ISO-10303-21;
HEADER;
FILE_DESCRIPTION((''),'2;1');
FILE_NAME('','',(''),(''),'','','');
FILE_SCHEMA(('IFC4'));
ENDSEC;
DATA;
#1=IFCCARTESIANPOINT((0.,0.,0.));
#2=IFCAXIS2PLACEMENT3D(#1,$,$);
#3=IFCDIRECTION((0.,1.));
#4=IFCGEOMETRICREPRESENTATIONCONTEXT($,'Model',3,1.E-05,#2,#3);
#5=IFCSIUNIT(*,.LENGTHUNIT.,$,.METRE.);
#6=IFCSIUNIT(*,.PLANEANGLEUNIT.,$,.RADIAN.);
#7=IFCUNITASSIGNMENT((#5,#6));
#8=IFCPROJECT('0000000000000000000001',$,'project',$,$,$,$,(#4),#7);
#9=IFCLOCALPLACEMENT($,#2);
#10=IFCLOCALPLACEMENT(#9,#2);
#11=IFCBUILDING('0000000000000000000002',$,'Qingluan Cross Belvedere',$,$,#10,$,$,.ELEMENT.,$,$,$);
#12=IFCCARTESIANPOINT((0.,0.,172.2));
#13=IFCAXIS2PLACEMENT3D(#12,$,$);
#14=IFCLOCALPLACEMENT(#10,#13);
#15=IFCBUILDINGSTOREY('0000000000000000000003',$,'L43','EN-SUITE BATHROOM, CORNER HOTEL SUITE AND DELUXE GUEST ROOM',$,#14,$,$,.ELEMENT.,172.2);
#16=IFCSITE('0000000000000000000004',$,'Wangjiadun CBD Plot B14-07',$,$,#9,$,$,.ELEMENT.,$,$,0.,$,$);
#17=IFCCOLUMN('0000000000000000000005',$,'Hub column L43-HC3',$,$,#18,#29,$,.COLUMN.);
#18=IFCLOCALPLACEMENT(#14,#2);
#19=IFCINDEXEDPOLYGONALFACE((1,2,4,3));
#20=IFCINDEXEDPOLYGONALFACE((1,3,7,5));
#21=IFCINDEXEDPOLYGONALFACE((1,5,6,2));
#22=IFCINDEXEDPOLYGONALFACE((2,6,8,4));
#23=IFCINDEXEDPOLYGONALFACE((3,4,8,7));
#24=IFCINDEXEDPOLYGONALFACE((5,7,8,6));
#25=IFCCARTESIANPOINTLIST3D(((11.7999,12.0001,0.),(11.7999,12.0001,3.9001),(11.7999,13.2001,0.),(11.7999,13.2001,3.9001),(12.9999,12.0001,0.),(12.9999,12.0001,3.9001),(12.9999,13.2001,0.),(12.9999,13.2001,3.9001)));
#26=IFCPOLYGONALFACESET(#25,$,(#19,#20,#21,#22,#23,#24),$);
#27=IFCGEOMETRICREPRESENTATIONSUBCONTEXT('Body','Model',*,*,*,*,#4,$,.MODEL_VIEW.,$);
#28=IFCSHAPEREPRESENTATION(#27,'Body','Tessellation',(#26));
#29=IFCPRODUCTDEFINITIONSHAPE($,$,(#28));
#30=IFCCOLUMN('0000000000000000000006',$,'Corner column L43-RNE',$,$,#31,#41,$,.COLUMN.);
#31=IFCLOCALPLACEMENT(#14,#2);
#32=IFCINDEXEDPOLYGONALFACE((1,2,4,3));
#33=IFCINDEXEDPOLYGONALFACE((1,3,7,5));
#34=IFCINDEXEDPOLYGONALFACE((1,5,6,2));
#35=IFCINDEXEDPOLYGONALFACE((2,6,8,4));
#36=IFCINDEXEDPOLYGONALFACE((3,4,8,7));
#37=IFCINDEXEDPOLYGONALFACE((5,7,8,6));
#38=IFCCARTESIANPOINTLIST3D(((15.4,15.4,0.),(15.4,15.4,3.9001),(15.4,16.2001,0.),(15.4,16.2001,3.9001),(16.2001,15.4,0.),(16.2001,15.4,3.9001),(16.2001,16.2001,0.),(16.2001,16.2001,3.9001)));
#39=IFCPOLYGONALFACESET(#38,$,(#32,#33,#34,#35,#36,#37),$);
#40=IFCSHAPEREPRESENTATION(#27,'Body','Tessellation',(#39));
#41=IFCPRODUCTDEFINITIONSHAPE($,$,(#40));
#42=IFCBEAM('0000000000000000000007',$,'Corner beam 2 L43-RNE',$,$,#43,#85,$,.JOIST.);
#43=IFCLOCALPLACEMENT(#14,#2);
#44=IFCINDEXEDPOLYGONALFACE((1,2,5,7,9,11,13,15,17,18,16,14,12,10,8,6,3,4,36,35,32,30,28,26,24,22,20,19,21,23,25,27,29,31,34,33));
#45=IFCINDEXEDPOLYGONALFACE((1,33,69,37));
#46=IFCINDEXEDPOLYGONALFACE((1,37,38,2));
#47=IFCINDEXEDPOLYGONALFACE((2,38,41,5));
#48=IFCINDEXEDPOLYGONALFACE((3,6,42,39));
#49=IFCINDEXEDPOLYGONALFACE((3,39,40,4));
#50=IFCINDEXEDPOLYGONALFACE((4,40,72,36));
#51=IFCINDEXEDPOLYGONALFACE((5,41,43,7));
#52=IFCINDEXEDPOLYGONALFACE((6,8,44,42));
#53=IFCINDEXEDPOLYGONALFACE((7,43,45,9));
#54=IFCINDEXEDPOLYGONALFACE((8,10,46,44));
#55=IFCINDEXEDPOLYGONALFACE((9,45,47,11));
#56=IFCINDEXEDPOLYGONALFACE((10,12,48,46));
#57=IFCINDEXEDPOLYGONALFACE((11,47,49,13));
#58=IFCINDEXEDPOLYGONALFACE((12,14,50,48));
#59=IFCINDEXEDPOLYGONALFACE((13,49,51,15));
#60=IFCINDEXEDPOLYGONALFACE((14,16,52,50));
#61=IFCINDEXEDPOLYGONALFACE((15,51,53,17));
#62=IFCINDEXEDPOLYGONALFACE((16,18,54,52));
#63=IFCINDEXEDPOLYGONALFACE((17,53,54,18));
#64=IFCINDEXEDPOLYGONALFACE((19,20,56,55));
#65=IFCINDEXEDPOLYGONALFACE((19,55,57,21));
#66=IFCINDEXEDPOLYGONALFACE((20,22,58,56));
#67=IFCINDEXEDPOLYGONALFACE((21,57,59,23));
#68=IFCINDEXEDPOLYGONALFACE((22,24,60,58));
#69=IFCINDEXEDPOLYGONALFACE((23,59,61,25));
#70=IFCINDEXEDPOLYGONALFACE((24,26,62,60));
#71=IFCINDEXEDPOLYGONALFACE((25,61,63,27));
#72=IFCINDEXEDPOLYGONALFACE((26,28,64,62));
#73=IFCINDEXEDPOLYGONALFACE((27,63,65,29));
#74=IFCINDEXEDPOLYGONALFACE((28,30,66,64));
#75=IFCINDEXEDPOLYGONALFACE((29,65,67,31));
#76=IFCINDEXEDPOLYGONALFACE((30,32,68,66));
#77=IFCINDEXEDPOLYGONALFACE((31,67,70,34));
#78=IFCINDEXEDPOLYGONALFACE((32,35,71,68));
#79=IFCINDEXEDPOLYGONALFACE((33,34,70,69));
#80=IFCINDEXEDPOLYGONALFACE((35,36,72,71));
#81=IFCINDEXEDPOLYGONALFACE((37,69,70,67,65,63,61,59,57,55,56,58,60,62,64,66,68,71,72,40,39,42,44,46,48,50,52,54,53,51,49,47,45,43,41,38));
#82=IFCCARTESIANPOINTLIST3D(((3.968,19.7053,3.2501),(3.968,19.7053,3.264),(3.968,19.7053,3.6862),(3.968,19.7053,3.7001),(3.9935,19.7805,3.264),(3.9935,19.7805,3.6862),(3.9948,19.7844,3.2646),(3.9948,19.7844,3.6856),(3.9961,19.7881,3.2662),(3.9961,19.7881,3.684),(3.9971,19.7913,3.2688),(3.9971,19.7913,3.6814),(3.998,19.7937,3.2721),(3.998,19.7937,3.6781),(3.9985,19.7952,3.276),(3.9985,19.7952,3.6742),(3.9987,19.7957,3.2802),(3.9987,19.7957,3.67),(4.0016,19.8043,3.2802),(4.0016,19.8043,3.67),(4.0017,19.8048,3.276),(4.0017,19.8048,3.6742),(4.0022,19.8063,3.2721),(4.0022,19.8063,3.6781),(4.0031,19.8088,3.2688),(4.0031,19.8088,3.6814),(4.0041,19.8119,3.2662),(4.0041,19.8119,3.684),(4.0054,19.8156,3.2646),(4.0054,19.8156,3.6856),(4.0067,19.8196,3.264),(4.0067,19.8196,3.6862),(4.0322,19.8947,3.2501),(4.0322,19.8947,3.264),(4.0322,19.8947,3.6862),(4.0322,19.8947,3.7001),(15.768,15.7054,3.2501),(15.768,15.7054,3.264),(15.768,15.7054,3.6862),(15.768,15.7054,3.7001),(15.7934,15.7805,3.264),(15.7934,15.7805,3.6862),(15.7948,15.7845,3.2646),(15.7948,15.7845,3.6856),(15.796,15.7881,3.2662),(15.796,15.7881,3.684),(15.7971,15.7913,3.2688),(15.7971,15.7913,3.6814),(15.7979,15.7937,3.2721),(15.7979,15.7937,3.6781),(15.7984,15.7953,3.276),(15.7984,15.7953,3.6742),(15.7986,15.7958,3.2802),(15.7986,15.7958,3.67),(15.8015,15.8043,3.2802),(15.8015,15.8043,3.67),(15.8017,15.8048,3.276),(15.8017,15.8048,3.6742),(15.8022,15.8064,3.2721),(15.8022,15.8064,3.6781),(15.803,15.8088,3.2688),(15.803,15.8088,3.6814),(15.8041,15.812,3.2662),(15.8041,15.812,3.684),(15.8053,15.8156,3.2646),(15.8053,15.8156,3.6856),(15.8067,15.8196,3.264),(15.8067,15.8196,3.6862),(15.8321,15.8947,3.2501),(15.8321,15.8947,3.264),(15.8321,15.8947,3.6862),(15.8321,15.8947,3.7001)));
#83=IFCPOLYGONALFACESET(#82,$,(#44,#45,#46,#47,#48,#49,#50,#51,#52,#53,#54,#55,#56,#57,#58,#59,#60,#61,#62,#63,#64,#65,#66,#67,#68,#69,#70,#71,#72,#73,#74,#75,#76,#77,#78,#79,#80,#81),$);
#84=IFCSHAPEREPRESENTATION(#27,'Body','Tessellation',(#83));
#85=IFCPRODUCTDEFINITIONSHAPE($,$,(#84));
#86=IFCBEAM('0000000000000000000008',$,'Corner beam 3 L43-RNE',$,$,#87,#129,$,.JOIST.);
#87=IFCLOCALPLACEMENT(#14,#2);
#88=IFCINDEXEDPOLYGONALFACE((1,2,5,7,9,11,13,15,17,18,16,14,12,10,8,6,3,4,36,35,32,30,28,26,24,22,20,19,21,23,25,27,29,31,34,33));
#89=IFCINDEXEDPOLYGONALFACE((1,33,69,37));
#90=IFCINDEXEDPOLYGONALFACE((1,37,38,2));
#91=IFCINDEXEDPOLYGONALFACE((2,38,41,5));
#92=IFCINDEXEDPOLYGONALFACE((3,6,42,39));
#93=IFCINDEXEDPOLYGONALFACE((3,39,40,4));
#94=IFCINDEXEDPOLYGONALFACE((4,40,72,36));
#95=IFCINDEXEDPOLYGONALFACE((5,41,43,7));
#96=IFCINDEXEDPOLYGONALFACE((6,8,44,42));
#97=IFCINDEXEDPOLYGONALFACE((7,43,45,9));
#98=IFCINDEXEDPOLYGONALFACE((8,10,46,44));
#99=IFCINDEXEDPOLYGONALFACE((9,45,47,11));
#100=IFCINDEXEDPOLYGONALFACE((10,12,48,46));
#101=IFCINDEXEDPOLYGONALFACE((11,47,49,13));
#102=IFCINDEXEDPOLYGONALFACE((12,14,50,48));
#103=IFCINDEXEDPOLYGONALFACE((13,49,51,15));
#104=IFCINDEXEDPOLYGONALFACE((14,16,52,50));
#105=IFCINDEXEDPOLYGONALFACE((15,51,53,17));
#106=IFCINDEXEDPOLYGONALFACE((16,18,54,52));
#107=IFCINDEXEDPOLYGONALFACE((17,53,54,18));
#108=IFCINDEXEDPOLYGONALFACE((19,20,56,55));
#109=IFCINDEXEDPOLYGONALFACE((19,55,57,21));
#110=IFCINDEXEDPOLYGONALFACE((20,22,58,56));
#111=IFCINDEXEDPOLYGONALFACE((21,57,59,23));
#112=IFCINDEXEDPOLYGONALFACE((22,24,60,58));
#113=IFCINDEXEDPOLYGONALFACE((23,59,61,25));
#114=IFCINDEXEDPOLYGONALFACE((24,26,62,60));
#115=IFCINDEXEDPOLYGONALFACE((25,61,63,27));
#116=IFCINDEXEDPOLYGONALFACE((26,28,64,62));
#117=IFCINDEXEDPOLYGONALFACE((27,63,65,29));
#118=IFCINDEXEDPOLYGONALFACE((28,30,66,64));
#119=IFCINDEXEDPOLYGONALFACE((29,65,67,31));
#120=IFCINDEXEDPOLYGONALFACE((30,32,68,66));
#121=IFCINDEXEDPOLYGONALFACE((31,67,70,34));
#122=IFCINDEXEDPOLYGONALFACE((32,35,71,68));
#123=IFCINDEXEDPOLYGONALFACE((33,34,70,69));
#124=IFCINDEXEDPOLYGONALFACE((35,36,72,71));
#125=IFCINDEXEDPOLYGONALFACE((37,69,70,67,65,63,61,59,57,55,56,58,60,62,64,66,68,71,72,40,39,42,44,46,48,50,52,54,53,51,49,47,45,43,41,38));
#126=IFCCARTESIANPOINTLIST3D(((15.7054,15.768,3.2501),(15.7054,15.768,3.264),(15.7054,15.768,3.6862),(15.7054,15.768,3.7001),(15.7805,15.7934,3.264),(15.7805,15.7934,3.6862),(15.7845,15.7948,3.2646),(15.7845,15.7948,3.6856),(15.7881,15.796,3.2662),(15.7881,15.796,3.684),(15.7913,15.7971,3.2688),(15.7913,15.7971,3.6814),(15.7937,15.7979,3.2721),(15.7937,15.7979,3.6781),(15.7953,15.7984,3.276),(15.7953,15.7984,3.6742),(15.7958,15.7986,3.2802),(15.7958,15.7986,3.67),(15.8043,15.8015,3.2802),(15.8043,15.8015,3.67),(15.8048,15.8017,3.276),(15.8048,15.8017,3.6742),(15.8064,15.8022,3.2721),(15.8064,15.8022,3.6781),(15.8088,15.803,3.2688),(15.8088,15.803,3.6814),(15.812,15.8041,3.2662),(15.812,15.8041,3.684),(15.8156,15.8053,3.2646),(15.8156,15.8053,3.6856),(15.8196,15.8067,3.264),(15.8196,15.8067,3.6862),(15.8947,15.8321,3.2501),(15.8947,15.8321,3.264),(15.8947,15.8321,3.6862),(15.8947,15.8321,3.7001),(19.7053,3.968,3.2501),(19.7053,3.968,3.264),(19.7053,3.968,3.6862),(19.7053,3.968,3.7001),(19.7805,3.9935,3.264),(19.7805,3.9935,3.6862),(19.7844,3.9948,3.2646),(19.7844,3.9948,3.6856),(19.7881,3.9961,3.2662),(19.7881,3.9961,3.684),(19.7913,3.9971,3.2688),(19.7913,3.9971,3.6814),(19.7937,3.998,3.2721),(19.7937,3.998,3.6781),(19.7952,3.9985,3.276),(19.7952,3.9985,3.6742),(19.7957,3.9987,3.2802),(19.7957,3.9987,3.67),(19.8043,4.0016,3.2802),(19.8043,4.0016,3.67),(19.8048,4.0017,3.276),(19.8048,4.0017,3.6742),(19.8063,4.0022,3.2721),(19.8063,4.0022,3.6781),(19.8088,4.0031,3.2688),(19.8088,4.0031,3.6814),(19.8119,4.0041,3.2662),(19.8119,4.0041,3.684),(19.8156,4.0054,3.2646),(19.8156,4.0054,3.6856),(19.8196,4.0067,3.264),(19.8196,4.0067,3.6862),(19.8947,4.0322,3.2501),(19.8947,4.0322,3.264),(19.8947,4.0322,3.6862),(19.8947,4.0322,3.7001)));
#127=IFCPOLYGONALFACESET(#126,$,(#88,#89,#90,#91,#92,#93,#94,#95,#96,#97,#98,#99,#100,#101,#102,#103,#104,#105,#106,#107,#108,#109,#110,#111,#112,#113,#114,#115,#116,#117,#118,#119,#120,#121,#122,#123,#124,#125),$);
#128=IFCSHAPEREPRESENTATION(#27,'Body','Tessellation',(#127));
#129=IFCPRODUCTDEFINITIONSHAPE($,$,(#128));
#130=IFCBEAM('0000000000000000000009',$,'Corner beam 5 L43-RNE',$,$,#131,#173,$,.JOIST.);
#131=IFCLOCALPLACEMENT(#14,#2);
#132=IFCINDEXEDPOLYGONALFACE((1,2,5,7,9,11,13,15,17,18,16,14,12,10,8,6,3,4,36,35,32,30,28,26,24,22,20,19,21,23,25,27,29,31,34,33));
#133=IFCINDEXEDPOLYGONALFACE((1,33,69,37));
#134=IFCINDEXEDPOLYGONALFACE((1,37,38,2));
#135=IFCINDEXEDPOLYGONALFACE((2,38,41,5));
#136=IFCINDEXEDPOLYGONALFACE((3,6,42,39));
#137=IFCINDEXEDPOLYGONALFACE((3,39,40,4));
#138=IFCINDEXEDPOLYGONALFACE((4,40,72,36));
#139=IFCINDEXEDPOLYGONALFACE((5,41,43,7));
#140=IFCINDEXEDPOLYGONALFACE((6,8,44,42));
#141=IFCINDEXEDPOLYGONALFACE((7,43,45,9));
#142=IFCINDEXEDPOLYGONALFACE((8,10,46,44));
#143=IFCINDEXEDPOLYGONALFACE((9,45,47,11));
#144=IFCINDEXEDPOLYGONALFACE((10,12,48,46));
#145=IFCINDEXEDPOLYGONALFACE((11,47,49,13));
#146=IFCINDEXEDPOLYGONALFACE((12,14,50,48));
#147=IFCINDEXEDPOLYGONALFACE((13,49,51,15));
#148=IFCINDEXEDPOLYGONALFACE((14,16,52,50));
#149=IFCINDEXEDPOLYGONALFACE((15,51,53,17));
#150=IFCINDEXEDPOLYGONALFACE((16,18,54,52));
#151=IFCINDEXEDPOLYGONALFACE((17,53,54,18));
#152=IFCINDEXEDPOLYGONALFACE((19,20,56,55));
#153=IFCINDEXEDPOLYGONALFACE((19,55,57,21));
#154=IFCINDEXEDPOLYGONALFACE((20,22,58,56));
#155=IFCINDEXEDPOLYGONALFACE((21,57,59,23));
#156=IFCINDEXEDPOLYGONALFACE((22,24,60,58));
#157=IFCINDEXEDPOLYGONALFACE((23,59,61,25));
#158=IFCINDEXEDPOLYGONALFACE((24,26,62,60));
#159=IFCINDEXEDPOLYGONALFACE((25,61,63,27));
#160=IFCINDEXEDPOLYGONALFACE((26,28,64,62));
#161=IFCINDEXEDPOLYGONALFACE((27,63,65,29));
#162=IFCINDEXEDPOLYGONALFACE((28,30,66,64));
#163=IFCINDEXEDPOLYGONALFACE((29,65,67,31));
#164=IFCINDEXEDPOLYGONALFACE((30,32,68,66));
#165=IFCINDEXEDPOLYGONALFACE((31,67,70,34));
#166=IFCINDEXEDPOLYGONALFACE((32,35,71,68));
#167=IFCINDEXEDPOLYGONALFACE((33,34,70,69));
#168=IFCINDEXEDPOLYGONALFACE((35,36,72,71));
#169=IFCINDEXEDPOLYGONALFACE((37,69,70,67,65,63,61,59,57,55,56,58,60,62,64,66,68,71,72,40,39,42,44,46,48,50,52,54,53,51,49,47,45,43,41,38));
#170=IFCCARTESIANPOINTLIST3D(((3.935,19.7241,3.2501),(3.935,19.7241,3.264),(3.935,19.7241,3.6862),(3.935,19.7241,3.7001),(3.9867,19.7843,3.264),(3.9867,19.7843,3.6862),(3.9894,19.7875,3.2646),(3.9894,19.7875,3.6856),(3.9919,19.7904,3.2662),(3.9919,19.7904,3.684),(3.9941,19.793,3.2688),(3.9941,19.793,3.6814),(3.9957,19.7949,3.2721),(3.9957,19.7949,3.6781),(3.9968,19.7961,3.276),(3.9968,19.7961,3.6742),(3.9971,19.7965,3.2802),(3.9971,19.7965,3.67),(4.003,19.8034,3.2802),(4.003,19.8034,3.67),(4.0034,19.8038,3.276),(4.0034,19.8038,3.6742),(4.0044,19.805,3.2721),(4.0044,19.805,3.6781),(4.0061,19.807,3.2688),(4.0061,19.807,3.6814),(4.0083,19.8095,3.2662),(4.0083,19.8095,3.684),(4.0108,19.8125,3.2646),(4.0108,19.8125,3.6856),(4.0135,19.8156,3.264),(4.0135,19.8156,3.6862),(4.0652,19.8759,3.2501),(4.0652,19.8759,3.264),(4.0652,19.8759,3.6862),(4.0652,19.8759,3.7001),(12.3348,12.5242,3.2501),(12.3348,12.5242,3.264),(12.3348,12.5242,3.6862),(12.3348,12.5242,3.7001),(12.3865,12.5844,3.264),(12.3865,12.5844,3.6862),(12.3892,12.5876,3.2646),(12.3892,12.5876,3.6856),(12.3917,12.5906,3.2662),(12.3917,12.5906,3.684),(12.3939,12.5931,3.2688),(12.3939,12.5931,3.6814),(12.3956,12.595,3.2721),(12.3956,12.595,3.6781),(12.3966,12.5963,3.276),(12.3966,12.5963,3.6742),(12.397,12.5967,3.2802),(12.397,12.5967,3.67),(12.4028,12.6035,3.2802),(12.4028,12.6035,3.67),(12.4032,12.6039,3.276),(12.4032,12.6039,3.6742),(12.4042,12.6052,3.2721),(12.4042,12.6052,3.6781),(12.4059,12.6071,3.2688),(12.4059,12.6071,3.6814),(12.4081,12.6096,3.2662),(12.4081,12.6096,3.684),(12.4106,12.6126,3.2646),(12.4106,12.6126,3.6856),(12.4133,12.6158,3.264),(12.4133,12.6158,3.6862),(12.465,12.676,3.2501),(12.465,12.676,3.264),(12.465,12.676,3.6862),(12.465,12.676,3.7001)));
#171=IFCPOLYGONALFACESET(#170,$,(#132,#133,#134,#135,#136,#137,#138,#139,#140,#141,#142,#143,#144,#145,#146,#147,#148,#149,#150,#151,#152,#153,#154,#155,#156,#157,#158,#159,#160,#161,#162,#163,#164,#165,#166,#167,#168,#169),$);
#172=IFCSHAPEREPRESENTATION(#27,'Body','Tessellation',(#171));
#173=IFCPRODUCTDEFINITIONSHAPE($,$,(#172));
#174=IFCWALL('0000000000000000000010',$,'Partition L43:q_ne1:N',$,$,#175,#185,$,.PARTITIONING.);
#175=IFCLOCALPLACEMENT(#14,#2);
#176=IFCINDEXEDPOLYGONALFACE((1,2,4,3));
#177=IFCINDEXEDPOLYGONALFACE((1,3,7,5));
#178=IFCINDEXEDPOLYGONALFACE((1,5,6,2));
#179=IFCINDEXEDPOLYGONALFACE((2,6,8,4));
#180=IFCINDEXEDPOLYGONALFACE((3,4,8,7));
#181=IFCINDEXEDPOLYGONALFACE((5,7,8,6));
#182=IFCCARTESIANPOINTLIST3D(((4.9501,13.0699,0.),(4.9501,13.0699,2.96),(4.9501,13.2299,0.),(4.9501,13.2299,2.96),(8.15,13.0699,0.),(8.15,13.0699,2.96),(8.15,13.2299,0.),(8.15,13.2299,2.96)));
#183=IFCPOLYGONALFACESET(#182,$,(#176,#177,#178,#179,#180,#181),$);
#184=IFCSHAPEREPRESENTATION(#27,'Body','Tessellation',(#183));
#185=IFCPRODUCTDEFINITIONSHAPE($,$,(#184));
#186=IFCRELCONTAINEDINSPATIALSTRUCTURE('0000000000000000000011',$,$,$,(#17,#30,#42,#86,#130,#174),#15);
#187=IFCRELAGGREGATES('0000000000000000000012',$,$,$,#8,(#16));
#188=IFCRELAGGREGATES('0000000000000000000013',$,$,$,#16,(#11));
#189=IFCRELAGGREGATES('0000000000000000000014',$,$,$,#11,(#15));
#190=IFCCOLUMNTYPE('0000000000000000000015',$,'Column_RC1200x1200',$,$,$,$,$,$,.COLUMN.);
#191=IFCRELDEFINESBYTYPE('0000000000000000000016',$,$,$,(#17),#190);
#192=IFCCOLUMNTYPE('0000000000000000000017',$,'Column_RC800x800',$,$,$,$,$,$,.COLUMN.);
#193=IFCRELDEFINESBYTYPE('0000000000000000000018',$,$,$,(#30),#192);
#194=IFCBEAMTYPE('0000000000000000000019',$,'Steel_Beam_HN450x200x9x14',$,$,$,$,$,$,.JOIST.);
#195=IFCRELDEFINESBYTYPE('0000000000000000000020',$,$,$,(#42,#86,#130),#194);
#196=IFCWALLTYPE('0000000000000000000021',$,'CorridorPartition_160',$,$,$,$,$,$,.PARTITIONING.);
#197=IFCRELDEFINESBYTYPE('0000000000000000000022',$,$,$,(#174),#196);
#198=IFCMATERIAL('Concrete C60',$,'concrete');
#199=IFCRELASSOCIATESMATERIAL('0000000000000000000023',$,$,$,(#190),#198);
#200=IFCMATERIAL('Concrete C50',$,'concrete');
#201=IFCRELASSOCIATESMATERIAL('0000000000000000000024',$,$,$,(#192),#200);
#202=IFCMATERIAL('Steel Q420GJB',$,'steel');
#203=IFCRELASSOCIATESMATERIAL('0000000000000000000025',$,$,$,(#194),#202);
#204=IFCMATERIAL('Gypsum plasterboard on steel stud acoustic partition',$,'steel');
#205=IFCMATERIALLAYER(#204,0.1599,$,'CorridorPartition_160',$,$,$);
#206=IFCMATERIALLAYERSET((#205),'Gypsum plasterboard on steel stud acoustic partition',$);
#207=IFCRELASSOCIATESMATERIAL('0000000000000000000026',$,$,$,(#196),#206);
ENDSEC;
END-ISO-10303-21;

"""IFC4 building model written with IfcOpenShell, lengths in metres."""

from ifc_helpers import new_model, si_unit, direction, frame, frame_2d, origin, origin_2d, place, context, subcontext, project, spatial, rectangle, i_section, extrude, material, layer, layer_set, material_profile, profile_set, type_object, element, save


model = new_model("IFC4")

# Units and contexts
model_context = context("Model", 3, precision=1e-05, world=origin(), true_north=direction((0.0, 1.0)))
body_context = subcontext(model_context, "Body", "Model", "MODEL_VIEW")
ifc_project = project(units=[si_unit("LENGTHUNIT", "METRE"), si_unit("PLANEANGLEUNIT", "RADIAN")], contexts=[model_context])

# Site, building, storey
site_placement = place(None, origin())
site = spatial("IfcSite", under=ifc_project, at=site_placement, Name="Wangjiadun CBD Plot B14-07", CompositionType="ELEMENT", RefElevation=0.0)
building_placement = place(site_placement, origin())
building = spatial("IfcBuilding", under=site, at=building_placement, Name="Qingluan Cross Belvedere", CompositionType="ELEMENT")
storey_placement = place(building_placement, frame((0.0, 0.0, 172.2)))
storey = spatial("IfcBuildingStorey", under=building, at=storey_placement, Name="L43", Description="EN-SUITE BATHROOM, CORNER HOTEL SUITE AND DELUXE GUEST ROOM", CompositionType="ELEMENT", Elevation=172.2)

# Columns
ifc_material_1 = material(Name="Concrete C60", Category="concrete")
ifc_material_profile_1 = material_profile(ifc_material_1, rectangle(XDim=1.2, YDim=1.2, at=origin_2d()), Name="RC1200x1200")
ifc_profile_set_1 = profile_set([ifc_material_profile_1], Name="Concrete C60")
column_type_1 = type_object("IfcColumnType", Name="Column_RC1200x1200", PredefinedType="COLUMN", material=ifc_profile_set_1)
column_1_placement = place(storey_placement, frame((12.3999, 12.6001, 0.0), z_axis=(0.0, 0.0, 1.0), x_axis=(1.0, 0.0, 0.0)))
element("IfcColumn", 1, at=column_1_placement, inside=storey, type_object=column_type_1, Name="Hub column L43-HC3", PredefinedType="COLUMN", context=body_context, shape_type="SweptSolid", body=[
    extrude(rectangle(XDim=1.2, YDim=1.2, at=origin_2d()), origin(), (0.0, 0.0, 1.0), 3.9001),
])
ifc_material_2 = material(Name="Concrete C50", Category="concrete")
ifc_material_profile_2 = material_profile(ifc_material_2, rectangle(XDim=0.8, YDim=0.8, at=origin_2d()), Name="RC800x800")
ifc_profile_set_2 = profile_set([ifc_material_profile_2], Name="Concrete C50")
column_type_2 = type_object("IfcColumnType", Name="Column_RC800x800", PredefinedType="COLUMN", material=ifc_profile_set_2)
column_2_placement = place(storey_placement, frame((15.8, 15.8, 0.0), z_axis=(0.0, 0.0, 1.0), x_axis=(1.0, 0.0, 0.0)))
element("IfcColumn", 2, at=column_2_placement, inside=storey, type_object=column_type_2, Name="Corner column L43-RNE", PredefinedType="COLUMN", context=body_context, shape_type="SweptSolid", body=[
    extrude(rectangle(XDim=0.8, YDim=0.8, at=origin_2d()), origin(), (0.0, 0.0, 1.0), 3.9001),
])

# Beams
ifc_material_3 = material(Name="Steel Q420GJB", Category="steel")
ifc_material_profile_3 = material_profile(ifc_material_3, i_section(OverallWidth=0.2, OverallDepth=0.45, WebThickness=0.009, FlangeThickness=0.0139, FilletRadius=0.0161, at=origin_2d()), Name="HN450x200x9x14")
ifc_profile_set_3 = profile_set([ifc_material_profile_3], Name="Steel Q420GJB")
beam_type = type_object("IfcBeamType", Name="Steel_Beam_HN450x200x9x14", PredefinedType="JOIST", material=ifc_profile_set_3)
for number, where, z_axis, x_axis, name in (
    (3, (15.8, 15.8, 3.4751), (-0.947066, 0.321038, 0.0), (-0.321038, -0.947066, 0.0), "Corner beam 2 L43-RNE"),
    (4, (15.8, 15.8, 3.4751), (0.321038, -0.947066, 0.0), (0.947066, 0.321038, 0.0), "Corner beam 3 L43-RNE"),
):
    element("IfcBeam", number, at=place(storey_placement, frame(where, z_axis=z_axis, x_axis=x_axis)), inside=storey, type_object=beam_type, Name=name, PredefinedType="JOIST", context=body_context, shape_type="SweptSolid", body=[
        extrude(i_section(OverallWidth=0.2, OverallDepth=0.45, WebThickness=0.009, FlangeThickness=0.0139, FilletRadius=0.0161, at=origin_2d()), origin(), (0.0, 0.0, 1.0), 12.4595),
    ])
beam_placement = place(storey_placement, frame((12.3999, 12.6001, 3.4751), z_axis=(-0.759255, 0.650793, 0.0), x_axis=(-0.650793, -0.759255, 0.0)))
element("IfcBeam", 5, at=beam_placement, inside=storey, type_object=beam_type, Name="Corner beam 5 L43-RNE", PredefinedType="JOIST", context=body_context, shape_type="SweptSolid", body=[
    extrude(i_section(OverallWidth=0.2, OverallDepth=0.45, WebThickness=0.009, FlangeThickness=0.0139, FilletRadius=0.0161, at=origin_2d()), origin(), (0.0, 0.0, 1.0), 11.0632),
])

# Wall
ifc_material_4 = material(Name="Gypsum plasterboard on steel stud acoustic partition", Category="steel")
ifc_layer_1 = layer(ifc_material_4, 0.1599, Name="CorridorPartition_160")
ifc_layer_set_1 = layer_set([ifc_layer_1], Name="Gypsum plasterboard on steel stud acoustic partition")
wall_type_1 = type_object("IfcWallType", Name="CorridorPartition_160", PredefinedType="PARTITIONING", material=ifc_layer_set_1)
wall_1_placement = place(storey_placement, frame((4.95, 13.1499, 0.0), z_axis=(0.0, 0.0, 1.0), x_axis=(1.0, 0.0, 0.0)))
element("IfcWall", 6, at=wall_1_placement, inside=storey, type_object=wall_type_1, Name="Partition L43:q_ne1:N", PredefinedType="PARTITIONING", context=body_context, shape_type="SweptSolid", body=[
    extrude(rectangle(XDim=3.2, YDim=0.1599, at=frame_2d((1.6001, 0.0))), origin(), (0.0, 0.0, 1.0), 2.96),
])

save(model, "model.ifc")
